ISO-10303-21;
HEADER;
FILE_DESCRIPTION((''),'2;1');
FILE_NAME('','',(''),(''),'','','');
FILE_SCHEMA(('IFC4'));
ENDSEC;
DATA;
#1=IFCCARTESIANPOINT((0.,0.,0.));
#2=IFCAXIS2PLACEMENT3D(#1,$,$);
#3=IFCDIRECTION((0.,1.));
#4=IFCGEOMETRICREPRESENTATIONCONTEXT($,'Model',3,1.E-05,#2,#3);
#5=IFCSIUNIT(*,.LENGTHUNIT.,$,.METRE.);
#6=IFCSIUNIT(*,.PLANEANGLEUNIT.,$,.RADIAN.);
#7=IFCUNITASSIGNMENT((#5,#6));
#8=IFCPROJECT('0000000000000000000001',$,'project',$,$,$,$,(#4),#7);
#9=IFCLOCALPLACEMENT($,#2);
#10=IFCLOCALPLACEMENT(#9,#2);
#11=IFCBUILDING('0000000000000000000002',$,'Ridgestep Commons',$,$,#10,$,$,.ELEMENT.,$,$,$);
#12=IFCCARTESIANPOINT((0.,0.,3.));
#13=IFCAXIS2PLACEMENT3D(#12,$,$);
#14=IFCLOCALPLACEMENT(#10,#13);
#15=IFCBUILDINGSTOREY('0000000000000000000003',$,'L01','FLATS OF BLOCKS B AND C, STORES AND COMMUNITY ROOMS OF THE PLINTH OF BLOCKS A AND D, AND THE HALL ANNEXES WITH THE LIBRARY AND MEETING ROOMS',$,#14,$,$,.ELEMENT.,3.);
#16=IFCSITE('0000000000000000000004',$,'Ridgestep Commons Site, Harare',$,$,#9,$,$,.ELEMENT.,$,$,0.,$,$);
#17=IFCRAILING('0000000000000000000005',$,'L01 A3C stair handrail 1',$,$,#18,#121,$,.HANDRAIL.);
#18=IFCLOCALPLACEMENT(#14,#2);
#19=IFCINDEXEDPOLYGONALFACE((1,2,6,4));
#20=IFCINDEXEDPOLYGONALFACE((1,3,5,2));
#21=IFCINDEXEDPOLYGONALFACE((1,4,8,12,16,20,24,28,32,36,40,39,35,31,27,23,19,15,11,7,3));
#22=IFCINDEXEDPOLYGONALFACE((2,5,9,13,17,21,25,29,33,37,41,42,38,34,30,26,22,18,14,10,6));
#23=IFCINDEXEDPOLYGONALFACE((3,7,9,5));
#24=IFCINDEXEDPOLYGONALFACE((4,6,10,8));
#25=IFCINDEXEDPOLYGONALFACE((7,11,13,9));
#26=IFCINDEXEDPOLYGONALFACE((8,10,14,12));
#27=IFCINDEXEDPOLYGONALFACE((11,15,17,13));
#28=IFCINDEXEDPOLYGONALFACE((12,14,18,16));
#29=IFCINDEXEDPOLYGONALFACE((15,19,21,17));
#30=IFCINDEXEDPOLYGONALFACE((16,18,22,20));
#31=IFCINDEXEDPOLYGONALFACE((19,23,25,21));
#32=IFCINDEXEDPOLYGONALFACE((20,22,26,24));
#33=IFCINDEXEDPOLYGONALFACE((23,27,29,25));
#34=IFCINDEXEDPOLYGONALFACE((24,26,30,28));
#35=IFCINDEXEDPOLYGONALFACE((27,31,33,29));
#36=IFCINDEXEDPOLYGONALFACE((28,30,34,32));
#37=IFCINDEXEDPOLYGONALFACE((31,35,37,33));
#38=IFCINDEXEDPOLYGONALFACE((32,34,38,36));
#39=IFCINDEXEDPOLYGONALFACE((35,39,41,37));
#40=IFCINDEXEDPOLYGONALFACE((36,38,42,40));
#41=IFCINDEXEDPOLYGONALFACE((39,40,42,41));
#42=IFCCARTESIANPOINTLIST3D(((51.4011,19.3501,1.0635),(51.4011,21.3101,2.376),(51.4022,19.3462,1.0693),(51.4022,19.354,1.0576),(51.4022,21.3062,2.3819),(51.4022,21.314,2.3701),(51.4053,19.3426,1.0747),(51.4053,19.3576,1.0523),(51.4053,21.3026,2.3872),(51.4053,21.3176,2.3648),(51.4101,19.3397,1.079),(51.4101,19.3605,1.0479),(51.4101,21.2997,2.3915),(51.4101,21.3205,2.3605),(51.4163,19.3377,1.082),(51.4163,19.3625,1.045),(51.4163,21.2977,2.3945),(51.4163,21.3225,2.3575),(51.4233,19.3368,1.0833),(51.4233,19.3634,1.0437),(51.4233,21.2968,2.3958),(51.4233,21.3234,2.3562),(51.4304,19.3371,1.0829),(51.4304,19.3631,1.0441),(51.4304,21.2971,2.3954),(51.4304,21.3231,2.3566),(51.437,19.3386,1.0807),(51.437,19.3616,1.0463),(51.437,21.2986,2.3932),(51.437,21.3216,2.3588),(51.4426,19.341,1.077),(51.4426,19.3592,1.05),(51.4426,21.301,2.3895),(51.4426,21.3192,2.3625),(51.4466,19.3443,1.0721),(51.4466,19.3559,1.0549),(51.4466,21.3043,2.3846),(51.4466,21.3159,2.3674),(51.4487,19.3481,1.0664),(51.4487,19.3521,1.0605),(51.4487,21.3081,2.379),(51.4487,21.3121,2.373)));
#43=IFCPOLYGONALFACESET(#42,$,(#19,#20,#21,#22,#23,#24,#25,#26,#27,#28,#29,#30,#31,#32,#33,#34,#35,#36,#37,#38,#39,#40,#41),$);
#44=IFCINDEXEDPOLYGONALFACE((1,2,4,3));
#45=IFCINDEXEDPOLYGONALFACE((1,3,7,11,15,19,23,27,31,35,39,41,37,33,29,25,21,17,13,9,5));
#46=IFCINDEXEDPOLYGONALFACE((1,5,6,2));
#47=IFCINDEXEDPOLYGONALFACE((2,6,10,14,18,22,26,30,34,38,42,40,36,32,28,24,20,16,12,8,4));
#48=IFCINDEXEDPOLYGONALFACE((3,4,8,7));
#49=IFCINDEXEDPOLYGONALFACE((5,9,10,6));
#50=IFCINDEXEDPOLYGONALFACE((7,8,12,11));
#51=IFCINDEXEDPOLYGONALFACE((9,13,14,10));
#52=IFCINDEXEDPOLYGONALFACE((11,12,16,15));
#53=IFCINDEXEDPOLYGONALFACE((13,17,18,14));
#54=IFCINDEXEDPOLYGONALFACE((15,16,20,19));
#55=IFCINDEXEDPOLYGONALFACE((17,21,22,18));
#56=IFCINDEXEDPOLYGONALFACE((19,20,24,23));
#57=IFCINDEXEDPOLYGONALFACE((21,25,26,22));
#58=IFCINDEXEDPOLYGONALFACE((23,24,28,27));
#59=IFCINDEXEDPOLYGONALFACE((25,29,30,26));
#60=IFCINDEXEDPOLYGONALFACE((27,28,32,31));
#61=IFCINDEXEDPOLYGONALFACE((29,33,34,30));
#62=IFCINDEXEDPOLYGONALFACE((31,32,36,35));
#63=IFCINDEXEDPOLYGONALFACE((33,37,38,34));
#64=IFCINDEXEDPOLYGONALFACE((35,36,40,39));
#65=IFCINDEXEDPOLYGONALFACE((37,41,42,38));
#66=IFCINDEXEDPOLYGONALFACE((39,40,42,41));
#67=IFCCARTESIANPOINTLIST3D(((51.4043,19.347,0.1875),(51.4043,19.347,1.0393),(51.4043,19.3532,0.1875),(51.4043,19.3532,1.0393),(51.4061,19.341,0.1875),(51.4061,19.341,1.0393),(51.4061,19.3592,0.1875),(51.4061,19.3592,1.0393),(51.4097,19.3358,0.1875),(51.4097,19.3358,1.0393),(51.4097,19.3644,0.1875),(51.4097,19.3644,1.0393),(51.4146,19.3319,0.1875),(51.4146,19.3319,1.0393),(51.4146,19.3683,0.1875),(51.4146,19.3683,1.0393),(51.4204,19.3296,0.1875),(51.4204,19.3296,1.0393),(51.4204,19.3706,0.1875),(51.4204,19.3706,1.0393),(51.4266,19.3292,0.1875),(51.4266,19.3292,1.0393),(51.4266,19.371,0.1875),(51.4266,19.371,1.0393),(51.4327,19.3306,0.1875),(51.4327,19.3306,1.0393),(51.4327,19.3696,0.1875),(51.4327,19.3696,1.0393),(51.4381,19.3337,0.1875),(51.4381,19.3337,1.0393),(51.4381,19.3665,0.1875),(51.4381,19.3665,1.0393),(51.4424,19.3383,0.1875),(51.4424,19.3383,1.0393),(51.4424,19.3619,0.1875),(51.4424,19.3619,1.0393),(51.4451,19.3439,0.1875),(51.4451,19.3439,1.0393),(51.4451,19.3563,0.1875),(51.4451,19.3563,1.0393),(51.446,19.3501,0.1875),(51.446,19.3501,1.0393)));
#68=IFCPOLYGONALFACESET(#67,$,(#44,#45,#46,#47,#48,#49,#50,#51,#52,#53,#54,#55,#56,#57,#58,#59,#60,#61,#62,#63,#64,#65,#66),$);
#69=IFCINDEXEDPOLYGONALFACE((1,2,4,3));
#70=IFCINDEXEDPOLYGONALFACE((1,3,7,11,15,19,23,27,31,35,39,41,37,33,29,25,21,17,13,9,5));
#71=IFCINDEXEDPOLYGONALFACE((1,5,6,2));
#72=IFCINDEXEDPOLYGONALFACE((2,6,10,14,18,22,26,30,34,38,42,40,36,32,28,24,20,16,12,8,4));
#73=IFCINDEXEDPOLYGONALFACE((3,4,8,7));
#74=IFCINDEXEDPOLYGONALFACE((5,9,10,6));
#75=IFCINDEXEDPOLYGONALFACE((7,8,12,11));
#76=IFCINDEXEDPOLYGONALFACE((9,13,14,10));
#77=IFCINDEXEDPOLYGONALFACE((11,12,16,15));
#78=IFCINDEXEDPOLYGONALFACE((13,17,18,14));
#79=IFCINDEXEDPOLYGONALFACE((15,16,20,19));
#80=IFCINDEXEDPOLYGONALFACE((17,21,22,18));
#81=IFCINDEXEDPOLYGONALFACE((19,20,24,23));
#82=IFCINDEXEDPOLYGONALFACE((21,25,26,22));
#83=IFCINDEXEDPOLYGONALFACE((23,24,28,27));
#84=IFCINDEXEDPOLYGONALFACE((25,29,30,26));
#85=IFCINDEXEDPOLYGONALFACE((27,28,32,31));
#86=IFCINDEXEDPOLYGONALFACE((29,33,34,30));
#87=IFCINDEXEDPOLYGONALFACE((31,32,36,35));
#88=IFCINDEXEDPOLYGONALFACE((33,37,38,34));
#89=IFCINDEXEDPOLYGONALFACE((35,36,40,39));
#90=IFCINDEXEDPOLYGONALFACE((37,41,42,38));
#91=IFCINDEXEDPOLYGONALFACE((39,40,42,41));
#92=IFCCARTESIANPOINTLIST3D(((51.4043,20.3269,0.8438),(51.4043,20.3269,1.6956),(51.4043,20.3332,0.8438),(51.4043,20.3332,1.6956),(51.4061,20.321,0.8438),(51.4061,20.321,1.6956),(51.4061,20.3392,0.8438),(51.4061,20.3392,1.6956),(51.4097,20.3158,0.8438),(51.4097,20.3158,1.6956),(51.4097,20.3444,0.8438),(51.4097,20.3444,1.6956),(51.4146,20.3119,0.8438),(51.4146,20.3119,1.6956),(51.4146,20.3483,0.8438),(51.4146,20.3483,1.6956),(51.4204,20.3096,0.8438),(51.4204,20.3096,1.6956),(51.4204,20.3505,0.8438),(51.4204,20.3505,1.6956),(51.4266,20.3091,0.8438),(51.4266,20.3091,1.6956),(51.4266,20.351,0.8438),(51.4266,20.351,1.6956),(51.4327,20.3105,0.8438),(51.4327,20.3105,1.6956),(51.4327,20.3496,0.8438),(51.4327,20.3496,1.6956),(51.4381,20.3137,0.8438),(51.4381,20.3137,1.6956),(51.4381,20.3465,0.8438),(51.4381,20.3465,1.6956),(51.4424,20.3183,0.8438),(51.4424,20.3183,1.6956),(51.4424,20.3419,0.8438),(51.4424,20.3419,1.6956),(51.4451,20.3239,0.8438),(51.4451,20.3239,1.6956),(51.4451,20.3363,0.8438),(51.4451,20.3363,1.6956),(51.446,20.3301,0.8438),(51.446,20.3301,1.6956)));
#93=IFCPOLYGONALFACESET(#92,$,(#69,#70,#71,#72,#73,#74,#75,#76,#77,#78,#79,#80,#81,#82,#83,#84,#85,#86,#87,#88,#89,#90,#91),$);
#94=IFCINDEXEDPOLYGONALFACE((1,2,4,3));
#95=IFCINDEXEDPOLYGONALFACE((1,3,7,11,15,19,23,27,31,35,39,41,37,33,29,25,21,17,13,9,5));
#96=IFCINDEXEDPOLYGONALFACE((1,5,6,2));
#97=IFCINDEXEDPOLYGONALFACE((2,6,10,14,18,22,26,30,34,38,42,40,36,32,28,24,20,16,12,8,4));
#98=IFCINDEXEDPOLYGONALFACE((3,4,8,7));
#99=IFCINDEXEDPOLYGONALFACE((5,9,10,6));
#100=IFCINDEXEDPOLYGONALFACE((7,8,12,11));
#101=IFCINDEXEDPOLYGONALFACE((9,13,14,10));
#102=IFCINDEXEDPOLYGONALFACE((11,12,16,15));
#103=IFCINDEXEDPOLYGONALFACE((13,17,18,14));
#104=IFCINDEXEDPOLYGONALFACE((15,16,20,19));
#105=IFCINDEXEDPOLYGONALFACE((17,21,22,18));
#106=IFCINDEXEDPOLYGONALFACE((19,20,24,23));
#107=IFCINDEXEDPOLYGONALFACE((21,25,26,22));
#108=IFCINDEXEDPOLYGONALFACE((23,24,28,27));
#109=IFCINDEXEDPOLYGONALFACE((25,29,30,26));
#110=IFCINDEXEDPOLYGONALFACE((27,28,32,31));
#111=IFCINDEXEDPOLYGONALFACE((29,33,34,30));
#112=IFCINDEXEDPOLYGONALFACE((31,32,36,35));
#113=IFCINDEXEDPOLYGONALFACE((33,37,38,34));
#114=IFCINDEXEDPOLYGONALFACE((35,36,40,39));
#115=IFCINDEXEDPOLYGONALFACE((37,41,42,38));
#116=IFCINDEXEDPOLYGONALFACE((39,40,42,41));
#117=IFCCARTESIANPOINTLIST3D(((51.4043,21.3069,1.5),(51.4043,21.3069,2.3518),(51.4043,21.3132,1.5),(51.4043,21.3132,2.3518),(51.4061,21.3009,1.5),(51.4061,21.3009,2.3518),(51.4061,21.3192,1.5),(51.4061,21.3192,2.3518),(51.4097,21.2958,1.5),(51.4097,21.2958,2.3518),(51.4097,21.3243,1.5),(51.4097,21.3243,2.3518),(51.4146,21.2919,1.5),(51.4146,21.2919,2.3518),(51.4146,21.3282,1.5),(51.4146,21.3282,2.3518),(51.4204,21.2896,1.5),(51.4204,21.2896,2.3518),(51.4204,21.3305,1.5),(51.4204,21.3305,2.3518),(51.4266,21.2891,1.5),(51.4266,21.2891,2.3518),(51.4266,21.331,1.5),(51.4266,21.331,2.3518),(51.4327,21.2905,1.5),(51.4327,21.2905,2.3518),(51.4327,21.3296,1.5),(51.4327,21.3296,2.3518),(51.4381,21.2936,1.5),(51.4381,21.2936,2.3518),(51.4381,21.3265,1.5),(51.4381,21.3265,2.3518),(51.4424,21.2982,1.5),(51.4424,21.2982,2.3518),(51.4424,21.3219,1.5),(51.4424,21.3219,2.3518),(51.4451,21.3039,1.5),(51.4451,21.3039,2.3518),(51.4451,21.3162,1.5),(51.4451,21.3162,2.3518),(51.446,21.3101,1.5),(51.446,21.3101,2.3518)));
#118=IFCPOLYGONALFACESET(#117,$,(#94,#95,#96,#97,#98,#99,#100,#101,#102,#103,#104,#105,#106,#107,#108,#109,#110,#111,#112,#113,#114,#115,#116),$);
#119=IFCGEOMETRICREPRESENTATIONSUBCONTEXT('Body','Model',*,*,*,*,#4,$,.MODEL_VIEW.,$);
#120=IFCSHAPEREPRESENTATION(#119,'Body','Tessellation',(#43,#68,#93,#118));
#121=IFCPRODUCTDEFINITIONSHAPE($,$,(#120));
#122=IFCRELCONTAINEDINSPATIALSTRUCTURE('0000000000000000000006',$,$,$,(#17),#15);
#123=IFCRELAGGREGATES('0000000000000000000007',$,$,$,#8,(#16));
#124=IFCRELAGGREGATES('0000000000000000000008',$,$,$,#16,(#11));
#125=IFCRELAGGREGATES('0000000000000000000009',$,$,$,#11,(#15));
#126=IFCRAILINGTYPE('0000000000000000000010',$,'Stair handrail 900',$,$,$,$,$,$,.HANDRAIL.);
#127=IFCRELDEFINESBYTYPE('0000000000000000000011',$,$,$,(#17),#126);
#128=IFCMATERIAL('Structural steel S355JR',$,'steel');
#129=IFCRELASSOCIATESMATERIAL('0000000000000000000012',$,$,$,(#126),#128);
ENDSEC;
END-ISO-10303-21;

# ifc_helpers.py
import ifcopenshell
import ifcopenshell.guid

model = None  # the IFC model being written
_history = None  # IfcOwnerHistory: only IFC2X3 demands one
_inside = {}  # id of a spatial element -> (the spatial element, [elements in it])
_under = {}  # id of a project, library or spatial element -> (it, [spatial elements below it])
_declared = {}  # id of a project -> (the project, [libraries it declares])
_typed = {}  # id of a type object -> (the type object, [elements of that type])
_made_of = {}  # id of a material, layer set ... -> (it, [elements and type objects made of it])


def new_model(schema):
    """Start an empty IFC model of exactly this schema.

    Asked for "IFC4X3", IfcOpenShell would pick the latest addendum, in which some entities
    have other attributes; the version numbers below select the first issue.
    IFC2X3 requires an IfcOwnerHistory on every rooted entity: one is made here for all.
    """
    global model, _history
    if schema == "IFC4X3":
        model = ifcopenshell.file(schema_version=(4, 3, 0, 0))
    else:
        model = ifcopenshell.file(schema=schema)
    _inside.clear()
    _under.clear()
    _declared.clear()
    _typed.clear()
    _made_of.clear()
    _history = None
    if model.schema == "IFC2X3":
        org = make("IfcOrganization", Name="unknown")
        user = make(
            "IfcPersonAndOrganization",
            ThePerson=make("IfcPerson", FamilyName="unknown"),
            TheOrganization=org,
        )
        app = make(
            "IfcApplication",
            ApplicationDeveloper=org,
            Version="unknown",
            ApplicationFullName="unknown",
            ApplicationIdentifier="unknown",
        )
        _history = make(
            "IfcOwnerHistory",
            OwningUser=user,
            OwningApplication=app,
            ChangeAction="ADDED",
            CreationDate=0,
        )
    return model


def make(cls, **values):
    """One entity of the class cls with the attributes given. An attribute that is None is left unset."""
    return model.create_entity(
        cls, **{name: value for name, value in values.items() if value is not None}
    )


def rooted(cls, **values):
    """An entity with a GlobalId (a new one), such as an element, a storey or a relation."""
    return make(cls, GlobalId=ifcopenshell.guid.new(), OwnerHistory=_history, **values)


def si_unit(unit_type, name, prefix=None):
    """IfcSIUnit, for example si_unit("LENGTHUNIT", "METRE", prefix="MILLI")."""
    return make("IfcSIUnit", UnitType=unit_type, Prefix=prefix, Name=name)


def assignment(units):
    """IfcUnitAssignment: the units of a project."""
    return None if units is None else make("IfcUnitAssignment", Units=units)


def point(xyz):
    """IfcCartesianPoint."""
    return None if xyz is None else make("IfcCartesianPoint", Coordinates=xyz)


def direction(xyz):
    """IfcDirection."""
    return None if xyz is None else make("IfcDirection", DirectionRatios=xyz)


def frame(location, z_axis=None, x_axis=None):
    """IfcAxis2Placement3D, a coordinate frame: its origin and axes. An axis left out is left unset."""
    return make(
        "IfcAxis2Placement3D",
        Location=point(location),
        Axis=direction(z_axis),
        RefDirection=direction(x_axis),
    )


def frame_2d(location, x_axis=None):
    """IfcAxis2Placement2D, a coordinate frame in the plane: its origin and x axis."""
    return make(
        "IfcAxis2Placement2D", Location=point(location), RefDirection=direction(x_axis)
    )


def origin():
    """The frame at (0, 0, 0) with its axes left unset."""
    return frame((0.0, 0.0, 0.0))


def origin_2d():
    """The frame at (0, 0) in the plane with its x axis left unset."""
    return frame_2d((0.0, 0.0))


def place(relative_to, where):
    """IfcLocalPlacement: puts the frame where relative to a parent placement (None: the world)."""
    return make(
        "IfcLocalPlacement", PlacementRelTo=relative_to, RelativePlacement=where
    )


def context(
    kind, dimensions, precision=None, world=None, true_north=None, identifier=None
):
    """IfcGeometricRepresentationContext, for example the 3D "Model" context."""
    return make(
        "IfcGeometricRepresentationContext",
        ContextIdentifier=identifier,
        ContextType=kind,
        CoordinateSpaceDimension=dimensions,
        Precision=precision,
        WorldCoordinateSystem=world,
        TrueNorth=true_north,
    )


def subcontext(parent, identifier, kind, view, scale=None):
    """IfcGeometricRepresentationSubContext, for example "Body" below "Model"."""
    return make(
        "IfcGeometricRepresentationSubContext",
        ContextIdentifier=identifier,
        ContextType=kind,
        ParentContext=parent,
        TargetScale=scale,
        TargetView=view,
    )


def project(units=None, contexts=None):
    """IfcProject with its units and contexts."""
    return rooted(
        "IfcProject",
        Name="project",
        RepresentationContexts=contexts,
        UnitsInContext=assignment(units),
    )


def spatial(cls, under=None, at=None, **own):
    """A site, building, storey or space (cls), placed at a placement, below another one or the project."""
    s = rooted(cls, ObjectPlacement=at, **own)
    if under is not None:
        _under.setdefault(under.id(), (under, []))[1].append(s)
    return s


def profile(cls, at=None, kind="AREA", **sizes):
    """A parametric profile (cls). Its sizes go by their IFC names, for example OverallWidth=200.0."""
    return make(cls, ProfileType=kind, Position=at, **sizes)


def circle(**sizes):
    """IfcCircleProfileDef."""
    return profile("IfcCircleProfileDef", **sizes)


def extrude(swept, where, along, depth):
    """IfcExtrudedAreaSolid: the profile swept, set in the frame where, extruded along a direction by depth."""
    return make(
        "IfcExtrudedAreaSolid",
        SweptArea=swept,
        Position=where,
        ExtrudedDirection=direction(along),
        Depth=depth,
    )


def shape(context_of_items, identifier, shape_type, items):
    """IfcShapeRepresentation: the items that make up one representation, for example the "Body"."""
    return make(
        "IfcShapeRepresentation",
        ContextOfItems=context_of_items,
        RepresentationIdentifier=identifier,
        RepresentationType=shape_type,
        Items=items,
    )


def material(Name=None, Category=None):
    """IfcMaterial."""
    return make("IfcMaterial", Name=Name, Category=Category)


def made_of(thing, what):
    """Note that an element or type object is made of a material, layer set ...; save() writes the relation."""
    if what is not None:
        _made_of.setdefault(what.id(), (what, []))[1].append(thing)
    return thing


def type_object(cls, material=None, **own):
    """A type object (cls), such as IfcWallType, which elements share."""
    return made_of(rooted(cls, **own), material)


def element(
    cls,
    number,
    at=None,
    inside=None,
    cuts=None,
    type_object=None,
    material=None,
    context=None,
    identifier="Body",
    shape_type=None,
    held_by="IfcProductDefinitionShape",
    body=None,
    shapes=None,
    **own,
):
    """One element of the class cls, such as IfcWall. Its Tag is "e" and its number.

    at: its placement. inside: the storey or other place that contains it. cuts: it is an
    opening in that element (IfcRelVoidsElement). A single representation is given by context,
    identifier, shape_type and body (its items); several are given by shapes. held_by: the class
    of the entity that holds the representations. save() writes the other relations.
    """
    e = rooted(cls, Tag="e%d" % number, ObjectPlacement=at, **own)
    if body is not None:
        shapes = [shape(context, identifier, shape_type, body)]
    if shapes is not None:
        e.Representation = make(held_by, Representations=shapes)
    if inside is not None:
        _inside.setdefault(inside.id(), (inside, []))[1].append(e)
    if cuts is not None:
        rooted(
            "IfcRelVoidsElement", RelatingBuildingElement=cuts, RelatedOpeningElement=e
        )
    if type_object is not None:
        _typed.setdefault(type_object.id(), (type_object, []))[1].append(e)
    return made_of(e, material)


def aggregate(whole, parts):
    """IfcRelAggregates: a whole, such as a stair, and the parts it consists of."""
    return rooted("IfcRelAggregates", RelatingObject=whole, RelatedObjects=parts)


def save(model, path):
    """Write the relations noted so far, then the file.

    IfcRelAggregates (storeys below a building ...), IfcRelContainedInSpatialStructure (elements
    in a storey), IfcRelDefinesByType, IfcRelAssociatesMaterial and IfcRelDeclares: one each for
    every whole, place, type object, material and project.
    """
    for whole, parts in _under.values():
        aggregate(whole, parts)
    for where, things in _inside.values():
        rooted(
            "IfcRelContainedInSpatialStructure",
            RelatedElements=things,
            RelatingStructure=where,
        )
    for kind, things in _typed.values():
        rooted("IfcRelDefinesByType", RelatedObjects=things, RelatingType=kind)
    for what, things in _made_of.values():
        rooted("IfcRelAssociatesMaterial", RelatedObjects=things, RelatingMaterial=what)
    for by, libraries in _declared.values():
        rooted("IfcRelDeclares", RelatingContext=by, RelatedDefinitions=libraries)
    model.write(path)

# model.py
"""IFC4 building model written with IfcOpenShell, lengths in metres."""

from ifc_helpers import new_model, si_unit, direction, frame, origin, origin_2d, place, context, subcontext, project, spatial, circle, extrude, material, type_object, element, save


model = new_model("IFC4")

# Units and contexts
model_context = context("Model", 3, precision=1e-05, world=origin(), true_north=direction((0.0, 1.0)))
body_context = subcontext(model_context, "Body", "Model", "MODEL_VIEW")
ifc_project = project(units=[si_unit("LENGTHUNIT", "METRE"), si_unit("PLANEANGLEUNIT", "RADIAN")], contexts=[model_context])

# Site, building, storey
site_placement = place(None, origin())
site = spatial("IfcSite", under=ifc_project, at=site_placement, Name="Ridgestep Commons Site, Harare", CompositionType="ELEMENT", RefElevation=0.0)
building_placement = place(site_placement, origin())
building = spatial("IfcBuilding", under=site, at=building_placement, Name="Ridgestep Commons", CompositionType="ELEMENT")
storey_placement = place(building_placement, frame((0.0, 0.0, 3.0)))
storey = spatial("IfcBuildingStorey", under=building, at=storey_placement, Name="L01", Description="FLATS OF BLOCKS B AND C, STORES AND COMMUNITY ROOMS OF THE PLINTH OF BLOCKS A AND D, AND THE HALL ANNEXES WITH THE LIBRARY AND MEETING ROOMS", CompositionType="ELEMENT", Elevation=3.0)

# Railing
ifc_material_1 = material(Name="Structural steel S355JR", Category="steel")
railing_type_1 = type_object("IfcRailingType", Name="Stair handrail 900", PredefinedType="HANDRAIL", material=ifc_material_1)
railing_1_placement = place(storey_placement, frame((51.425, 19.3501, 0.1875)))
element("IfcRailing", 1, at=railing_1_placement, inside=storey, type_object=railing_type_1, Name="L01 A3C stair handrail 1", PredefinedType="HANDRAIL", context=body_context, shape_type="SweptSolid", body=[
    extrude(circle(Radius=0.0239, at=origin_2d()), frame((0.0, 0.0, 0.876), z_axis=(0.0, 0.830902, 0.556419), x_axis=(-1.0, 0.0, 0.0)), (0.0, 0.0, 1.0), 2.3589),
    extrude(circle(Radius=0.021, at=origin_2d()), origin(), (0.0, 0.0, 1.0), 0.8518),
    extrude(circle(Radius=0.021, at=origin_2d()), frame((0.0, 0.98, 0.6562)), (0.0, 0.0, 1.0), 0.8518),
    extrude(circle(Radius=0.021, at=origin_2d()), frame((0.0, 1.96, 1.3125)), (0.0, 0.0, 1.0), 0.8518),
])

save(model, "model.ifc")
